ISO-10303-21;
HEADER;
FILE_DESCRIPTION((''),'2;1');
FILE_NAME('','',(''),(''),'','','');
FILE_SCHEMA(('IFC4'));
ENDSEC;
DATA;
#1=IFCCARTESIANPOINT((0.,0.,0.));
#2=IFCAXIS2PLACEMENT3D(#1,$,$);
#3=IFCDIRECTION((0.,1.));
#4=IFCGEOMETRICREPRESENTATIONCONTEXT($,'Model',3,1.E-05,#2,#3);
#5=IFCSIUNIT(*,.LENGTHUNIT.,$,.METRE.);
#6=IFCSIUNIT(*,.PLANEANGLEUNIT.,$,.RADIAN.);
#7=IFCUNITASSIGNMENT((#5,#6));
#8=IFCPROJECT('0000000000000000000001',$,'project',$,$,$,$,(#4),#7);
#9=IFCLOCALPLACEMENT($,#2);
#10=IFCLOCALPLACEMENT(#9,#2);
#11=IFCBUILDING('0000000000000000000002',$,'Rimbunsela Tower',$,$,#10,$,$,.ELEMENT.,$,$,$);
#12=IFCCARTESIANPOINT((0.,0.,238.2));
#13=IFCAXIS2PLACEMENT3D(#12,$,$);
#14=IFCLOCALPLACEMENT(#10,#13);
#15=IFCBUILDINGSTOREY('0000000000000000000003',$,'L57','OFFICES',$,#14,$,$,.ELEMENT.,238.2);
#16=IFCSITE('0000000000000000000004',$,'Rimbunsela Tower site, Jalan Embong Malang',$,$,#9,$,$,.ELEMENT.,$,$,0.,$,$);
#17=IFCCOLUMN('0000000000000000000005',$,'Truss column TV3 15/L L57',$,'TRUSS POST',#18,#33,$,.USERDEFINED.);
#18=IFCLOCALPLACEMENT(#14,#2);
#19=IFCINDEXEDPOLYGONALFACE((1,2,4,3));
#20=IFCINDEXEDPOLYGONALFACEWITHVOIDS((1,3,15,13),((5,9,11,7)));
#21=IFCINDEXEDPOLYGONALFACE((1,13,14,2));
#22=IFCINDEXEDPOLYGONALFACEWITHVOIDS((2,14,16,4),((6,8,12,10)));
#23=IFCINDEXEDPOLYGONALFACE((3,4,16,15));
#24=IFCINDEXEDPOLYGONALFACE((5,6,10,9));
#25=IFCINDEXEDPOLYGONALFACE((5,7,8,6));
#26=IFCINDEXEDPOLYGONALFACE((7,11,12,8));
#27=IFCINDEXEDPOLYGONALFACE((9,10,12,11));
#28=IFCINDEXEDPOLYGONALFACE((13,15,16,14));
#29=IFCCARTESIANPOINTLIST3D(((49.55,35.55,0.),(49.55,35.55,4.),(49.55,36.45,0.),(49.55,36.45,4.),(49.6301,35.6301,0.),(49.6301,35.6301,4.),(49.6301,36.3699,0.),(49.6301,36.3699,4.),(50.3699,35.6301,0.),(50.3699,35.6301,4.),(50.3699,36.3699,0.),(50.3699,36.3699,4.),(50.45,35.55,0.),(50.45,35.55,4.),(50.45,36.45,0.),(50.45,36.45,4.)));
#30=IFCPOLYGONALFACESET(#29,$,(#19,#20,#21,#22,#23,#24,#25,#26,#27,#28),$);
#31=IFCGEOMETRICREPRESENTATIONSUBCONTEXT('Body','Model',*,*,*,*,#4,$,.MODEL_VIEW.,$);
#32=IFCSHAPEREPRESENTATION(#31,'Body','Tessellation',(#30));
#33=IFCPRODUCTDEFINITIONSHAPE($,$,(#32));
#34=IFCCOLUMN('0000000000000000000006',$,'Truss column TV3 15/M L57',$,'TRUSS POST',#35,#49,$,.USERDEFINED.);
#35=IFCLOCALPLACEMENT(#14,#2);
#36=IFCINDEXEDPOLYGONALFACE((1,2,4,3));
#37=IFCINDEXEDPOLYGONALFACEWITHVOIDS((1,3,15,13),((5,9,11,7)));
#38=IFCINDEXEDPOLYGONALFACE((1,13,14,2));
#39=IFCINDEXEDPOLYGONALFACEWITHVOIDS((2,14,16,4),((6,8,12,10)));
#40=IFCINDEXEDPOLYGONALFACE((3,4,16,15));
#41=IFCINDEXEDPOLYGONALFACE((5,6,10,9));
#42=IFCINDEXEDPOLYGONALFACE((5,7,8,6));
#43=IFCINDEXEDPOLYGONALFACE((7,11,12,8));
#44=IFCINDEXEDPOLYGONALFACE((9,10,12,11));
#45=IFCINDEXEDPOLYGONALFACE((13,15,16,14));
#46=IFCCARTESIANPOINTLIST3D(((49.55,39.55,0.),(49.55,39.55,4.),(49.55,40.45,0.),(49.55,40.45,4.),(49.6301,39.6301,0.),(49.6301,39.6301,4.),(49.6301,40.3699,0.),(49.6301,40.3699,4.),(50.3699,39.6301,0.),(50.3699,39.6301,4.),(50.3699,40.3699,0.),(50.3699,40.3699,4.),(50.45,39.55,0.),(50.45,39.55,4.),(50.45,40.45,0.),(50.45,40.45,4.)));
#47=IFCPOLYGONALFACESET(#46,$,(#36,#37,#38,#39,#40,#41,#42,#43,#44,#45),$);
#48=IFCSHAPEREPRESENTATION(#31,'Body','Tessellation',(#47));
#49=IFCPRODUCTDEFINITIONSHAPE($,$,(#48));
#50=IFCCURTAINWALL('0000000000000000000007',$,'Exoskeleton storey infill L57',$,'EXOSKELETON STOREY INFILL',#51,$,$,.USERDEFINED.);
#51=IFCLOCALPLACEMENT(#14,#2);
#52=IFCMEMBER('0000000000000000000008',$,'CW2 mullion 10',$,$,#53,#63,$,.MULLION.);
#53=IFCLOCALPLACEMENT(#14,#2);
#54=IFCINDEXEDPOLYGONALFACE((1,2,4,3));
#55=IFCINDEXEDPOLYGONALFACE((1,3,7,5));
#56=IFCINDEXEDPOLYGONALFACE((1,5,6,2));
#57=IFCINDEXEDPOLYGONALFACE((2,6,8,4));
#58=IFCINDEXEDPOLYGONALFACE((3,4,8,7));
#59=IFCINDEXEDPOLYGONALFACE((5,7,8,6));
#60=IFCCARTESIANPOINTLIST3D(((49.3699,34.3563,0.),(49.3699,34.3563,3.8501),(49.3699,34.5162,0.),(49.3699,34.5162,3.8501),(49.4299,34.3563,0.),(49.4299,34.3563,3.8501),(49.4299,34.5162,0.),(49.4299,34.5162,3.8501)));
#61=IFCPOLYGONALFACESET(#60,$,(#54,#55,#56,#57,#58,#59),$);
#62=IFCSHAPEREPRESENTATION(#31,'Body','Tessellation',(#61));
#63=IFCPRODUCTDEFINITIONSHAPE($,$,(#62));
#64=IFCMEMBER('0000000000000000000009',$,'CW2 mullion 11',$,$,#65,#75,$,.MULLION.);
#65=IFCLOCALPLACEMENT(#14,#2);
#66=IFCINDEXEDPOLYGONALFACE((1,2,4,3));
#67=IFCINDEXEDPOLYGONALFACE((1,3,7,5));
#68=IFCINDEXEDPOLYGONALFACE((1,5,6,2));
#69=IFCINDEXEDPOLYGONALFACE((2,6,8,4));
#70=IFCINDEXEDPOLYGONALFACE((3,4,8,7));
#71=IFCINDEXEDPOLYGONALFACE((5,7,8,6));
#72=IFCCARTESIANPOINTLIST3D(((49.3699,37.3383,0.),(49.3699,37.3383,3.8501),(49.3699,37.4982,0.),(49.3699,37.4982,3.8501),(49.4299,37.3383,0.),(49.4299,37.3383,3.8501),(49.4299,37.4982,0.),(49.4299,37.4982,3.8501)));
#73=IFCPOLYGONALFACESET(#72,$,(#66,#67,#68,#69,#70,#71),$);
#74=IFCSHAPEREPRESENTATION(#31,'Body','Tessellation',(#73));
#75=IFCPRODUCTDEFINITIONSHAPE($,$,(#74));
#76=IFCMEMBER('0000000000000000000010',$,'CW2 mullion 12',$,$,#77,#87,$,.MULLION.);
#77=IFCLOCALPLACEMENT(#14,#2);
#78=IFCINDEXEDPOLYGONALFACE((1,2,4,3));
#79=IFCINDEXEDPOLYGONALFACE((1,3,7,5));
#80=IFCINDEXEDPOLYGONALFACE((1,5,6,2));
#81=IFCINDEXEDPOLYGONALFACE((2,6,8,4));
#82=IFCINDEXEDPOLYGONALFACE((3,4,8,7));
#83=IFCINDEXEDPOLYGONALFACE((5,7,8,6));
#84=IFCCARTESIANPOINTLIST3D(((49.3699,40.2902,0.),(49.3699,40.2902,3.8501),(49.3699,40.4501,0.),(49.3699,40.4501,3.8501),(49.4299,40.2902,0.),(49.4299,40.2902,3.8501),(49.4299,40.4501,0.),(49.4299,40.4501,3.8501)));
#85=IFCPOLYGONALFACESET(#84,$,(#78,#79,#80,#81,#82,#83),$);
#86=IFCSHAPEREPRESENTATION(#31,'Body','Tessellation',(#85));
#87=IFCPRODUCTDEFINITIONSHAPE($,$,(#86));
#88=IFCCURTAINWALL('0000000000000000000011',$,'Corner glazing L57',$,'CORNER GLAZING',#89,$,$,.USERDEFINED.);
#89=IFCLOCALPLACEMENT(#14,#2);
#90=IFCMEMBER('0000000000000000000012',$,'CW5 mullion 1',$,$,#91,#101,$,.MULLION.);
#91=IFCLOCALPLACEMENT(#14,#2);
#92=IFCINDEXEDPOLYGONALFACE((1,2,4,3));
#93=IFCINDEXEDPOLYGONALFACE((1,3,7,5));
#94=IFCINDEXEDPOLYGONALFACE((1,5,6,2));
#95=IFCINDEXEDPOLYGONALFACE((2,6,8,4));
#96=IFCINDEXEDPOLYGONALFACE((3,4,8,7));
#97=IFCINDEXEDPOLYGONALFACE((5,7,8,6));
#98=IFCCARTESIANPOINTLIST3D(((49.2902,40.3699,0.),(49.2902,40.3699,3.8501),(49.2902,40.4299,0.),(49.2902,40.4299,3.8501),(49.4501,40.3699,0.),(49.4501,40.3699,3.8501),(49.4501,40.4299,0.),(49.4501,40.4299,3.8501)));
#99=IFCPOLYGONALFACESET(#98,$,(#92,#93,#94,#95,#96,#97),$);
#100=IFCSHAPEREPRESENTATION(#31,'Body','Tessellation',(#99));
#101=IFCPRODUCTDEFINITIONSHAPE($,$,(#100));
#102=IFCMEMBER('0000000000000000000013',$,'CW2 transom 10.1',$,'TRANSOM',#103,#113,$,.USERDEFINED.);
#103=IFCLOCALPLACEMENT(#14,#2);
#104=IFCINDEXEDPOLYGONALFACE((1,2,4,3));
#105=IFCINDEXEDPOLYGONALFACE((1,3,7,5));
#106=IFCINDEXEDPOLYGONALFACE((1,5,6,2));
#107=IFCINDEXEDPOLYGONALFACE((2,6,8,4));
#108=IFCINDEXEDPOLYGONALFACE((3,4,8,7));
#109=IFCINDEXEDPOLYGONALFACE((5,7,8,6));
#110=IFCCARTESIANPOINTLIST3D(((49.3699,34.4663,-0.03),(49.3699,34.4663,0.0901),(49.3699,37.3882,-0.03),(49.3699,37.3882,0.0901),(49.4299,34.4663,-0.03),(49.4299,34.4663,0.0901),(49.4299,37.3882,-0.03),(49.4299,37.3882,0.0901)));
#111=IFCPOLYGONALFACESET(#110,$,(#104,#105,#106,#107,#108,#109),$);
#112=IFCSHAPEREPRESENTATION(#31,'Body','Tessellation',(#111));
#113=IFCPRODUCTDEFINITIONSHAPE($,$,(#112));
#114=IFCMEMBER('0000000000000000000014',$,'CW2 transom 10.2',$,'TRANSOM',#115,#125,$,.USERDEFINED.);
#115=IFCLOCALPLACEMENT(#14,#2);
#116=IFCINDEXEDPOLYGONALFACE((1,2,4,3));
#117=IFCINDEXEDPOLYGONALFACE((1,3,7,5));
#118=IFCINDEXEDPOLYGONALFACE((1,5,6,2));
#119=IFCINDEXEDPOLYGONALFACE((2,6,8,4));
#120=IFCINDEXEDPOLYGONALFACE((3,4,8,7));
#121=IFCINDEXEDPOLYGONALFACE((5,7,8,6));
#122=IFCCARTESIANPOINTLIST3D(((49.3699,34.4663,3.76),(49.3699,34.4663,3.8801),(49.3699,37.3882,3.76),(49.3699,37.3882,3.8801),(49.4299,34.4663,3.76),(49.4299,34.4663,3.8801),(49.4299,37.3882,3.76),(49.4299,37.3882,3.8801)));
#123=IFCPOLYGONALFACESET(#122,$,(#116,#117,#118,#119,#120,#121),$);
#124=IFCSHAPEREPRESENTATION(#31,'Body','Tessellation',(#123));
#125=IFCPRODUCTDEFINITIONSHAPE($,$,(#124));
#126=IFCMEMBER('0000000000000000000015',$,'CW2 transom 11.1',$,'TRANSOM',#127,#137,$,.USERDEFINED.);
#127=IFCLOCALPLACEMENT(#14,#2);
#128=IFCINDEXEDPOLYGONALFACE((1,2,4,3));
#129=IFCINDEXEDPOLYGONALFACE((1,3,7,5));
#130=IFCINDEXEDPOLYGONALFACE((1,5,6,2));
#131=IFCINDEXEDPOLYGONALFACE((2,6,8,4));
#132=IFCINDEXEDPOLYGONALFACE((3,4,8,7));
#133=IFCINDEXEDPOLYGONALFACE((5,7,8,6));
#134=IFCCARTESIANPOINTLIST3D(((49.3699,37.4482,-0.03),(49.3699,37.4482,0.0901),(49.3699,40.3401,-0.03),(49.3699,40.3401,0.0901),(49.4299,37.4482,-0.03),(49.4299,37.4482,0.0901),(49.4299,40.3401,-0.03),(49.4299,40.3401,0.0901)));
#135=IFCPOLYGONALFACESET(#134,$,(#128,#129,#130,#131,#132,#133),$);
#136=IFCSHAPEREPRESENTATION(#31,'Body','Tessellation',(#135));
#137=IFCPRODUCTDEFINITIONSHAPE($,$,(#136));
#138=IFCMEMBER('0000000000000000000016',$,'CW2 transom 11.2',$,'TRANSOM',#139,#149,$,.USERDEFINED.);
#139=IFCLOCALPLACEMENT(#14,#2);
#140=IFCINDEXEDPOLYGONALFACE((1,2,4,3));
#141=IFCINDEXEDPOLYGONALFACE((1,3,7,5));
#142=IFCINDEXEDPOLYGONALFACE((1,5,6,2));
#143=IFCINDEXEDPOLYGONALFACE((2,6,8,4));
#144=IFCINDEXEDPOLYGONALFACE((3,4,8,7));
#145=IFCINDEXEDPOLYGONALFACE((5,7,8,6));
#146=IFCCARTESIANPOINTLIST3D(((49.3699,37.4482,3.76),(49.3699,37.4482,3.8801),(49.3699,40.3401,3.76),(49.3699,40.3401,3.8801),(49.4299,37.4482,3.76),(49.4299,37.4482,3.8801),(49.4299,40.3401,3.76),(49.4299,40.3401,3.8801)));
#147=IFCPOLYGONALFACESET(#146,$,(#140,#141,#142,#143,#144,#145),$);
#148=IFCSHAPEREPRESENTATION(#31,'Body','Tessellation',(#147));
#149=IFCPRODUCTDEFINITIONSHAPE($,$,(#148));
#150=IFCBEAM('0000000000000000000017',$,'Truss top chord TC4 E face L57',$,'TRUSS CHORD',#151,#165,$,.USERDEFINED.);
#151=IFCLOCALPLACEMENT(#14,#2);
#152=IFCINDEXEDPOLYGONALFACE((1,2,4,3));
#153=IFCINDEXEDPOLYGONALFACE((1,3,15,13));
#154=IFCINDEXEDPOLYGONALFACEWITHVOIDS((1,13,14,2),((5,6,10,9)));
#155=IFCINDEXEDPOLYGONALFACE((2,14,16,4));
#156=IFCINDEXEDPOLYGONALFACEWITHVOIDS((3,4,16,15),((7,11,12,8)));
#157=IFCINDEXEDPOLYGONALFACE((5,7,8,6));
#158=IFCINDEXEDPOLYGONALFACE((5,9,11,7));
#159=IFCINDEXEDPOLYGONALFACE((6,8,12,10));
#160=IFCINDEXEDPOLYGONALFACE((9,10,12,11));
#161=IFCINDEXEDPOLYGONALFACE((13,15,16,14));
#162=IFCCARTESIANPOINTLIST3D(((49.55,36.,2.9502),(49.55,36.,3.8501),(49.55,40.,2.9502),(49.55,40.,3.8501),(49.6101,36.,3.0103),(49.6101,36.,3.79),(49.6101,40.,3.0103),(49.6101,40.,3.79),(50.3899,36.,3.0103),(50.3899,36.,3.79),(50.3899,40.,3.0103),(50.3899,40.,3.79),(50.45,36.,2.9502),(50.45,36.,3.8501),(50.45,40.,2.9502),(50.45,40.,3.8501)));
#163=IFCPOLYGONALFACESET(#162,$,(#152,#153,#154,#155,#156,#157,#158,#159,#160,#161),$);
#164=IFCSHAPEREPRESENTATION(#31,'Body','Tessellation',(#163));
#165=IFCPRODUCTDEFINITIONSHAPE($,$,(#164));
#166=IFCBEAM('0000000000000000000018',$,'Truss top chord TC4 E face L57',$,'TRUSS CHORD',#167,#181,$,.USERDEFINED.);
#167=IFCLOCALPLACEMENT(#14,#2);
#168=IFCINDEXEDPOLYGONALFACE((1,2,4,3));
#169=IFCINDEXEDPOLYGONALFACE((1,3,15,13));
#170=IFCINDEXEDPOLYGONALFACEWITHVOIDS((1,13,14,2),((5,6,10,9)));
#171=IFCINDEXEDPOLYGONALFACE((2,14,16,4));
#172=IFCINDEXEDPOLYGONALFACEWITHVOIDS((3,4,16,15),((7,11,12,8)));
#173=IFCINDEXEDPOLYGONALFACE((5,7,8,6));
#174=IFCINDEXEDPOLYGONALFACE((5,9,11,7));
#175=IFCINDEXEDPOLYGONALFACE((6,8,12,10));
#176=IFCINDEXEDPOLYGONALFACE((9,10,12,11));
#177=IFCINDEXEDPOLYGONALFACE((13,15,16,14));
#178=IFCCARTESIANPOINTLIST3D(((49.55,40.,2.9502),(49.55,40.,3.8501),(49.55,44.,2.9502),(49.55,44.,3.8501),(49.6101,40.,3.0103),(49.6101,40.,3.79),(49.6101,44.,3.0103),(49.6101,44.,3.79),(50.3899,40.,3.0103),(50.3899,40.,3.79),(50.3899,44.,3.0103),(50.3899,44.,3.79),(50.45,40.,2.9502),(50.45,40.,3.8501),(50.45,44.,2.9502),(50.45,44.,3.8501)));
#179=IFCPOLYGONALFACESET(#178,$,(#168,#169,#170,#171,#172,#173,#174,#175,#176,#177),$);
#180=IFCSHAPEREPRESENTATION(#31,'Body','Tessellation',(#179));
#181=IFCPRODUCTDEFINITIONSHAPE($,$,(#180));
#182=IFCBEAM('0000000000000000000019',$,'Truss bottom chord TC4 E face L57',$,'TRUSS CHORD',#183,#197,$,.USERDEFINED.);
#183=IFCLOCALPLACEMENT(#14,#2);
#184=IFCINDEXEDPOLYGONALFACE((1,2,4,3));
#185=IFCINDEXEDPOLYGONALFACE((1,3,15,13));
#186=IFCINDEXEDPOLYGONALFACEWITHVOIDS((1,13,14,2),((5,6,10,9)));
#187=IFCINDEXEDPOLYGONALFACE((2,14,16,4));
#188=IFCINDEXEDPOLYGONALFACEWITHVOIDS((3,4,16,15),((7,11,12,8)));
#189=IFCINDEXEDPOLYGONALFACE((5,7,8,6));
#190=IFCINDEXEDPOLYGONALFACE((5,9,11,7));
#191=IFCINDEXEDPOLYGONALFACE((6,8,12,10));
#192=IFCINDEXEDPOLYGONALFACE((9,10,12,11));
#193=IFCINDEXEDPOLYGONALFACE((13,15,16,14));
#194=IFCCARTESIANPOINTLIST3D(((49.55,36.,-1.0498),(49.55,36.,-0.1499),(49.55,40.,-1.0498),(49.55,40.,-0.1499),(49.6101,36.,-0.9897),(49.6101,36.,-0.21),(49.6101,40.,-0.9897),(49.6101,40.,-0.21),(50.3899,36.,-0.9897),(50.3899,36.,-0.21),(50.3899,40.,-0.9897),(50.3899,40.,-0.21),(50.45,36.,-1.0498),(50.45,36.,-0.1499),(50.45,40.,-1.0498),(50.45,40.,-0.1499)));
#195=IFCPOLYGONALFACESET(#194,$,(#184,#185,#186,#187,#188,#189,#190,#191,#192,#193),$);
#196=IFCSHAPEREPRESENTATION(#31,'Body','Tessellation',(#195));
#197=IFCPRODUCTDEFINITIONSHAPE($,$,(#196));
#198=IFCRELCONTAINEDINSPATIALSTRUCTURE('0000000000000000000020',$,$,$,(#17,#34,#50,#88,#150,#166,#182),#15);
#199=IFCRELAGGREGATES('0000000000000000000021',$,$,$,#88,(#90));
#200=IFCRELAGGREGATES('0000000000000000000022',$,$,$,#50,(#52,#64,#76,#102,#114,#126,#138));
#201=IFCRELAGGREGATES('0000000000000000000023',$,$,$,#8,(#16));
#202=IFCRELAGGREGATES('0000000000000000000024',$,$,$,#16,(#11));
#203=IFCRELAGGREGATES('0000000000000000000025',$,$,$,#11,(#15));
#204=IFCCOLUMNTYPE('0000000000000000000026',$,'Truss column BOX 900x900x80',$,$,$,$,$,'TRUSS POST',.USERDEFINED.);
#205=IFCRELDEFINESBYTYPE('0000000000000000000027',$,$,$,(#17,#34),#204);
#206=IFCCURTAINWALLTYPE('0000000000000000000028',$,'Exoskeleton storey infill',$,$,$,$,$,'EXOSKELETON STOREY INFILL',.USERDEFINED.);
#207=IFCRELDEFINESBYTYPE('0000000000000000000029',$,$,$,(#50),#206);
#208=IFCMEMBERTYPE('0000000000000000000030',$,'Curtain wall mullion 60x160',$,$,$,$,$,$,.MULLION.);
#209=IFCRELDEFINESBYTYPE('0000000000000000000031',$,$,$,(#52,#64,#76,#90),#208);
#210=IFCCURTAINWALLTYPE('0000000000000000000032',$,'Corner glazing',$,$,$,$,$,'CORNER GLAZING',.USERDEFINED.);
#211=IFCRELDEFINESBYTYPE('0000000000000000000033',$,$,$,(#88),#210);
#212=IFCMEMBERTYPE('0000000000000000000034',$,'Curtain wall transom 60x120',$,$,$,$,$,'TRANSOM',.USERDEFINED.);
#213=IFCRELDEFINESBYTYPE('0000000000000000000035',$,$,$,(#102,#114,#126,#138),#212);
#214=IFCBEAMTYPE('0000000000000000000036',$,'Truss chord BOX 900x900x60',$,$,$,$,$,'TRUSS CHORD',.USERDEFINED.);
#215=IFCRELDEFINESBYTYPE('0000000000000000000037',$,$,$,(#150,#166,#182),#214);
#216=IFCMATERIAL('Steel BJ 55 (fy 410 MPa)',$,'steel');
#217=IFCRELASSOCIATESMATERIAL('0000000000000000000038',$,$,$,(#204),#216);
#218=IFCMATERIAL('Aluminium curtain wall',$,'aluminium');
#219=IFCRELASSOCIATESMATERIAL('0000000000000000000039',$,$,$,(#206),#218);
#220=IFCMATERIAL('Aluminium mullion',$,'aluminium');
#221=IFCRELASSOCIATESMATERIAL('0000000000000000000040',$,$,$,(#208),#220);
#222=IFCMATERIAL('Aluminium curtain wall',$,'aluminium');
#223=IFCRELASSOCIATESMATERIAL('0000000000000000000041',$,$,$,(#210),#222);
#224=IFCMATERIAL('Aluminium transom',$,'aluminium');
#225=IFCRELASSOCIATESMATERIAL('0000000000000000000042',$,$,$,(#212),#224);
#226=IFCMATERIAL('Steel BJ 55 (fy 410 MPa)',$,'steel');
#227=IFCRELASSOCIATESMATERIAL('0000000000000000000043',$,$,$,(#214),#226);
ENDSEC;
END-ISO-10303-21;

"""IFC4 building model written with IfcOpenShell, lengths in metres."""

from ifc_helpers import new_model, si_unit, direction, frame, origin, origin_2d, place, context, subcontext, project, spatial, rectangle, hollow_rectangle, extrude, material, material_profile, profile_set, type_object, element, aggregate, save


model = new_model("IFC4")

# Units and contexts
model_context = context("Model", 3, precision=1e-05, world=origin(), true_north=direction((0.0, 1.0)))
body_context = subcontext(model_context, "Body", "Model", "MODEL_VIEW")
ifc_project = project(units=[si_unit("LENGTHUNIT", "METRE"), si_unit("PLANEANGLEUNIT", "RADIAN")], contexts=[model_context])

# Site, building, storey
site_placement = place(None, origin())
site = spatial("IfcSite", under=ifc_project, at=site_placement, Name="Rimbunsela Tower site, Jalan Embong Malang", CompositionType="ELEMENT", RefElevation=0.0)
building_placement = place(site_placement, origin())
building = spatial("IfcBuilding", under=site, at=building_placement, Name="Rimbunsela Tower", CompositionType="ELEMENT")
storey_placement = place(building_placement, frame((0.0, 0.0, 238.2)))
storey = spatial("IfcBuildingStorey", under=building, at=storey_placement, Name="L57", Description="OFFICES", CompositionType="ELEMENT", Elevation=238.2)

# Columns
ifc_material_1 = material(Name="Steel BJ 55 (fy 410 MPa)", Category="steel")
ifc_material_profile_1 = material_profile(ifc_material_1, hollow_rectangle(XDim=0.8999, YDim=0.8999, WallThickness=0.0801, at=origin_2d()), Name="BOX 900x900x80")
ifc_profile_set_1 = profile_set([ifc_material_profile_1], Name="Steel BJ 55 (fy 410 MPa)")
column_type = type_object("IfcColumnType", Name="Truss column BOX 900x900x80", ElementType="TRUSS POST", PredefinedType="USERDEFINED", material=ifc_profile_set_1)
for number, where, z_axis, x_axis, name in (
    (1, (50.0, 36.0, 0.0), (0.0, 0.0, 1.0), (1.0, 0.0, 0.0), "Truss column TV3 15/L L57"),
    (2, (50.0, 40.0, 0.0), (0.0, 0.0, 1.0), (1.0, 0.0, 0.0), "Truss column TV3 15/M L57"),
):
    element("IfcColumn", number, at=place(storey_placement, frame(where, z_axis=z_axis, x_axis=x_axis)), inside=storey, type_object=column_type, Name=name, ObjectType="TRUSS POST", PredefinedType="USERDEFINED", context=body_context, shape_type="SweptSolid", body=[
        extrude(hollow_rectangle(XDim=0.8999, YDim=0.8999, WallThickness=0.0801, at=origin_2d()), origin(), (0.0, 0.0, 1.0), 4.0),
    ])

# Curtain wall, members
ifc_material_2 = material(Name="Aluminium curtain wall", Category="aluminium")
curtain_wall_type_1 = type_object("IfcCurtainWallType", Name="Exoskeleton storey infill", ElementType="EXOSKELETON STOREY INFILL", PredefinedType="USERDEFINED", material=ifc_material_2)
curtain_wall_1_placement = place(storey_placement, origin())
curtain_wall_1 = element("IfcCurtainWall", 3, at=curtain_wall_1_placement, inside=storey, type_object=curtain_wall_type_1, Name="Exoskeleton storey infill L57", ObjectType="EXOSKELETON STOREY INFILL", PredefinedType="USERDEFINED")
ifc_material_3 = material(Name="Aluminium mullion", Category="aluminium")
ifc_material_profile_2 = material_profile(ifc_material_3, rectangle(XDim=0.0601, YDim=0.1599, at=origin_2d()), Name="Mullion 60x160")
ifc_profile_set_2 = profile_set([ifc_material_profile_2], Name="Aluminium mullion")
member_type_1 = type_object("IfcMemberType", Name="Curtain wall mullion 60x160", PredefinedType="MULLION", material=ifc_profile_set_2)
member_1_placement = place(storey_placement, frame((49.3999, 34.4363, 0.0), z_axis=(0.0, 0.0, 1.0), x_axis=(-1.0, 0.0, 0.0)))
member_1 = element("IfcMember", 4, at=member_1_placement, type_object=member_type_1, Name="CW2 mullion 10", PredefinedType="MULLION", context=body_context, shape_type="SweptSolid", body=[
    extrude(rectangle(XDim=0.0601, YDim=0.1599, at=origin_2d()), origin(), (0.0, 0.0, 1.0), 3.8501),
])
member_2_placement = place(storey_placement, frame((49.3999, 37.4182, 0.0), z_axis=(0.0, 0.0, 1.0), x_axis=(-1.0, 0.0, 0.0)))
member_2 = element("IfcMember", 5, at=member_2_placement, type_object=member_type_1, Name="CW2 mullion 11", PredefinedType="MULLION", context=body_context, shape_type="SweptSolid", body=[
    extrude(rectangle(XDim=0.0601, YDim=0.1599, at=origin_2d()), origin(), (0.0, 0.0, 1.0), 3.8501),
])
member_3_placement = place(storey_placement, frame((49.3999, 40.3701, 0.0), z_axis=(0.0, 0.0, 1.0), x_axis=(-1.0, 0.0, 0.0)))
member_3 = element("IfcMember", 6, at=member_3_placement, type_object=member_type_1, Name="CW2 mullion 12", PredefinedType="MULLION", context=body_context, shape_type="SweptSolid", body=[
    extrude(rectangle(XDim=0.0601, YDim=0.1599, at=origin_2d()), origin(), (0.0, 0.0, 1.0), 3.8501),
])

# Curtain wall, member
ifc_material_4 = material(Name="Aluminium curtain wall", Category="aluminium")
curtain_wall_type_2 = type_object("IfcCurtainWallType", Name="Corner glazing", ElementType="CORNER GLAZING", PredefinedType="USERDEFINED", material=ifc_material_4)
curtain_wall_2_placement = place(storey_placement, origin())
curtain_wall_2 = element("IfcCurtainWall", 7, at=curtain_wall_2_placement, inside=storey, type_object=curtain_wall_type_2, Name="Corner glazing L57", ObjectType="CORNER GLAZING", PredefinedType="USERDEFINED")
member_4_placement = place(storey_placement, frame((49.3701, 40.3999, 0.0), z_axis=(0.0, 0.0, 1.0), x_axis=(0.0, -1.0, 0.0)))
member_4 = element("IfcMember", 8, at=member_4_placement, type_object=member_type_1, Name="CW5 mullion 1", PredefinedType="MULLION", context=body_context, shape_type="SweptSolid", body=[
    extrude(rectangle(XDim=0.0601, YDim=0.1599, at=origin_2d()), origin(), (0.0, 0.0, 1.0), 3.8501),
])
aggregate(curtain_wall_2, [member_4])

# Members
ifc_material_5 = material(Name="Aluminium transom", Category="aluminium")
ifc_material_profile_3 = material_profile(ifc_material_5, rectangle(XDim=0.0601, YDim=0.1201, at=origin_2d()), Name="Transom 60x120")
ifc_profile_set_3 = profile_set([ifc_material_profile_3], Name="Aluminium transom")
member_type_2 = type_object("IfcMemberType", Name="Curtain wall transom 60x120", ElementType="TRANSOM", PredefinedType="USERDEFINED", material=ifc_profile_set_3)
member_5_placement = place(storey_placement, frame((49.3999, 34.4663, 0.03), z_axis=(0.0, 1.0, 0.0), x_axis=(-1.0, 0.0, 0.0)))
member_5 = element("IfcMember", 9, at=member_5_placement, type_object=member_type_2, Name="CW2 transom 10.1", ObjectType="TRANSOM", PredefinedType="USERDEFINED", context=body_context, shape_type="SweptSolid", body=[
    extrude(rectangle(XDim=0.0601, YDim=0.1201, at=origin_2d()), origin(), (0.0, 0.0, 1.0), 2.9219),
])
member_6_placement = place(storey_placement, frame((49.3999, 34.4663, 3.8201), z_axis=(0.0, 1.0, 0.0), x_axis=(-1.0, 0.0, 0.0)))
member_6 = element("IfcMember", 10, at=member_6_placement, type_object=member_type_2, Name="CW2 transom 10.2", ObjectType="TRANSOM", PredefinedType="USERDEFINED", context=body_context, shape_type="SweptSolid", body=[
    extrude(rectangle(XDim=0.0601, YDim=0.1201, at=origin_2d()), origin(), (0.0, 0.0, 1.0), 2.9219),
])
member_7_placement = place(storey_placement, frame((49.3999, 37.4482, 0.03), z_axis=(0.0, 1.0, 0.0), x_axis=(-1.0, 0.0, 0.0)))
member_7 = element("IfcMember", 11, at=member_7_placement, type_object=member_type_2, Name="CW2 transom 11.1", ObjectType="TRANSOM", PredefinedType="USERDEFINED", context=body_context, shape_type="SweptSolid", body=[
    extrude(rectangle(XDim=0.0601, YDim=0.1201, at=origin_2d()), origin(), (0.0, 0.0, 1.0), 2.8918),
])
member_8_placement = place(storey_placement, frame((49.3999, 37.4482, 3.8201), z_axis=(0.0, 1.0, 0.0), x_axis=(-1.0, 0.0, 0.0)))
member_8 = element("IfcMember", 12, at=member_8_placement, type_object=member_type_2, Name="CW2 transom 11.2", ObjectType="TRANSOM", PredefinedType="USERDEFINED", context=body_context, shape_type="SweptSolid", body=[
    extrude(rectangle(XDim=0.0601, YDim=0.1201, at=origin_2d()), origin(), (0.0, 0.0, 1.0), 2.8918),
])

# Beams
ifc_material_6 = material(Name="Steel BJ 55 (fy 410 MPa)", Category="steel")
ifc_material_profile_4 = material_profile(ifc_material_6, hollow_rectangle(XDim=0.8999, YDim=0.8999, WallThickness=0.0601, at=origin_2d()), Name="BOX 900x900x60")
ifc_profile_set_4 = profile_set([ifc_material_profile_4], Name="Steel BJ 55 (fy 410 MPa)")
beam_type = type_object("IfcBeamType", Name="Truss chord BOX 900x900x60", ElementType="TRUSS CHORD", PredefinedType="USERDEFINED", material=ifc_profile_set_4)
for number, where, z_axis, x_axis, name in (
    (13, (50.0, 36.0, 3.4001), (0.0, 1.0, 0.0), (-1.0, 0.0, 0.0), "Truss top chord TC4 E face L57"),
    (14, (50.0, 40.0, 3.4001), (0.0, 1.0, 0.0), (-1.0, 0.0, 0.0), "Truss top chord TC4 E face L57"),
    (15, (50.0, 36.0, -0.5999), (0.0, 1.0, 0.0), (-1.0, 0.0, 0.0), "Truss bottom chord TC4 E face L57"),
):
    element("IfcBeam", number, at=place(storey_placement, frame(where, z_axis=z_axis, x_axis=x_axis)), inside=storey, type_object=beam_type, Name=name, ObjectType="TRUSS CHORD", PredefinedType="USERDEFINED", context=body_context, shape_type="SweptSolid", body=[
        extrude(hollow_rectangle(XDim=0.8999, YDim=0.8999, WallThickness=0.0601, at=origin_2d()), origin(), (0.0, 0.0, 1.0), 4.0),
    ])

aggregate(curtain_wall_1, [member_1, member_2, member_3, member_5, member_6, member_7, member_8])

save(model, "model.ifc")
